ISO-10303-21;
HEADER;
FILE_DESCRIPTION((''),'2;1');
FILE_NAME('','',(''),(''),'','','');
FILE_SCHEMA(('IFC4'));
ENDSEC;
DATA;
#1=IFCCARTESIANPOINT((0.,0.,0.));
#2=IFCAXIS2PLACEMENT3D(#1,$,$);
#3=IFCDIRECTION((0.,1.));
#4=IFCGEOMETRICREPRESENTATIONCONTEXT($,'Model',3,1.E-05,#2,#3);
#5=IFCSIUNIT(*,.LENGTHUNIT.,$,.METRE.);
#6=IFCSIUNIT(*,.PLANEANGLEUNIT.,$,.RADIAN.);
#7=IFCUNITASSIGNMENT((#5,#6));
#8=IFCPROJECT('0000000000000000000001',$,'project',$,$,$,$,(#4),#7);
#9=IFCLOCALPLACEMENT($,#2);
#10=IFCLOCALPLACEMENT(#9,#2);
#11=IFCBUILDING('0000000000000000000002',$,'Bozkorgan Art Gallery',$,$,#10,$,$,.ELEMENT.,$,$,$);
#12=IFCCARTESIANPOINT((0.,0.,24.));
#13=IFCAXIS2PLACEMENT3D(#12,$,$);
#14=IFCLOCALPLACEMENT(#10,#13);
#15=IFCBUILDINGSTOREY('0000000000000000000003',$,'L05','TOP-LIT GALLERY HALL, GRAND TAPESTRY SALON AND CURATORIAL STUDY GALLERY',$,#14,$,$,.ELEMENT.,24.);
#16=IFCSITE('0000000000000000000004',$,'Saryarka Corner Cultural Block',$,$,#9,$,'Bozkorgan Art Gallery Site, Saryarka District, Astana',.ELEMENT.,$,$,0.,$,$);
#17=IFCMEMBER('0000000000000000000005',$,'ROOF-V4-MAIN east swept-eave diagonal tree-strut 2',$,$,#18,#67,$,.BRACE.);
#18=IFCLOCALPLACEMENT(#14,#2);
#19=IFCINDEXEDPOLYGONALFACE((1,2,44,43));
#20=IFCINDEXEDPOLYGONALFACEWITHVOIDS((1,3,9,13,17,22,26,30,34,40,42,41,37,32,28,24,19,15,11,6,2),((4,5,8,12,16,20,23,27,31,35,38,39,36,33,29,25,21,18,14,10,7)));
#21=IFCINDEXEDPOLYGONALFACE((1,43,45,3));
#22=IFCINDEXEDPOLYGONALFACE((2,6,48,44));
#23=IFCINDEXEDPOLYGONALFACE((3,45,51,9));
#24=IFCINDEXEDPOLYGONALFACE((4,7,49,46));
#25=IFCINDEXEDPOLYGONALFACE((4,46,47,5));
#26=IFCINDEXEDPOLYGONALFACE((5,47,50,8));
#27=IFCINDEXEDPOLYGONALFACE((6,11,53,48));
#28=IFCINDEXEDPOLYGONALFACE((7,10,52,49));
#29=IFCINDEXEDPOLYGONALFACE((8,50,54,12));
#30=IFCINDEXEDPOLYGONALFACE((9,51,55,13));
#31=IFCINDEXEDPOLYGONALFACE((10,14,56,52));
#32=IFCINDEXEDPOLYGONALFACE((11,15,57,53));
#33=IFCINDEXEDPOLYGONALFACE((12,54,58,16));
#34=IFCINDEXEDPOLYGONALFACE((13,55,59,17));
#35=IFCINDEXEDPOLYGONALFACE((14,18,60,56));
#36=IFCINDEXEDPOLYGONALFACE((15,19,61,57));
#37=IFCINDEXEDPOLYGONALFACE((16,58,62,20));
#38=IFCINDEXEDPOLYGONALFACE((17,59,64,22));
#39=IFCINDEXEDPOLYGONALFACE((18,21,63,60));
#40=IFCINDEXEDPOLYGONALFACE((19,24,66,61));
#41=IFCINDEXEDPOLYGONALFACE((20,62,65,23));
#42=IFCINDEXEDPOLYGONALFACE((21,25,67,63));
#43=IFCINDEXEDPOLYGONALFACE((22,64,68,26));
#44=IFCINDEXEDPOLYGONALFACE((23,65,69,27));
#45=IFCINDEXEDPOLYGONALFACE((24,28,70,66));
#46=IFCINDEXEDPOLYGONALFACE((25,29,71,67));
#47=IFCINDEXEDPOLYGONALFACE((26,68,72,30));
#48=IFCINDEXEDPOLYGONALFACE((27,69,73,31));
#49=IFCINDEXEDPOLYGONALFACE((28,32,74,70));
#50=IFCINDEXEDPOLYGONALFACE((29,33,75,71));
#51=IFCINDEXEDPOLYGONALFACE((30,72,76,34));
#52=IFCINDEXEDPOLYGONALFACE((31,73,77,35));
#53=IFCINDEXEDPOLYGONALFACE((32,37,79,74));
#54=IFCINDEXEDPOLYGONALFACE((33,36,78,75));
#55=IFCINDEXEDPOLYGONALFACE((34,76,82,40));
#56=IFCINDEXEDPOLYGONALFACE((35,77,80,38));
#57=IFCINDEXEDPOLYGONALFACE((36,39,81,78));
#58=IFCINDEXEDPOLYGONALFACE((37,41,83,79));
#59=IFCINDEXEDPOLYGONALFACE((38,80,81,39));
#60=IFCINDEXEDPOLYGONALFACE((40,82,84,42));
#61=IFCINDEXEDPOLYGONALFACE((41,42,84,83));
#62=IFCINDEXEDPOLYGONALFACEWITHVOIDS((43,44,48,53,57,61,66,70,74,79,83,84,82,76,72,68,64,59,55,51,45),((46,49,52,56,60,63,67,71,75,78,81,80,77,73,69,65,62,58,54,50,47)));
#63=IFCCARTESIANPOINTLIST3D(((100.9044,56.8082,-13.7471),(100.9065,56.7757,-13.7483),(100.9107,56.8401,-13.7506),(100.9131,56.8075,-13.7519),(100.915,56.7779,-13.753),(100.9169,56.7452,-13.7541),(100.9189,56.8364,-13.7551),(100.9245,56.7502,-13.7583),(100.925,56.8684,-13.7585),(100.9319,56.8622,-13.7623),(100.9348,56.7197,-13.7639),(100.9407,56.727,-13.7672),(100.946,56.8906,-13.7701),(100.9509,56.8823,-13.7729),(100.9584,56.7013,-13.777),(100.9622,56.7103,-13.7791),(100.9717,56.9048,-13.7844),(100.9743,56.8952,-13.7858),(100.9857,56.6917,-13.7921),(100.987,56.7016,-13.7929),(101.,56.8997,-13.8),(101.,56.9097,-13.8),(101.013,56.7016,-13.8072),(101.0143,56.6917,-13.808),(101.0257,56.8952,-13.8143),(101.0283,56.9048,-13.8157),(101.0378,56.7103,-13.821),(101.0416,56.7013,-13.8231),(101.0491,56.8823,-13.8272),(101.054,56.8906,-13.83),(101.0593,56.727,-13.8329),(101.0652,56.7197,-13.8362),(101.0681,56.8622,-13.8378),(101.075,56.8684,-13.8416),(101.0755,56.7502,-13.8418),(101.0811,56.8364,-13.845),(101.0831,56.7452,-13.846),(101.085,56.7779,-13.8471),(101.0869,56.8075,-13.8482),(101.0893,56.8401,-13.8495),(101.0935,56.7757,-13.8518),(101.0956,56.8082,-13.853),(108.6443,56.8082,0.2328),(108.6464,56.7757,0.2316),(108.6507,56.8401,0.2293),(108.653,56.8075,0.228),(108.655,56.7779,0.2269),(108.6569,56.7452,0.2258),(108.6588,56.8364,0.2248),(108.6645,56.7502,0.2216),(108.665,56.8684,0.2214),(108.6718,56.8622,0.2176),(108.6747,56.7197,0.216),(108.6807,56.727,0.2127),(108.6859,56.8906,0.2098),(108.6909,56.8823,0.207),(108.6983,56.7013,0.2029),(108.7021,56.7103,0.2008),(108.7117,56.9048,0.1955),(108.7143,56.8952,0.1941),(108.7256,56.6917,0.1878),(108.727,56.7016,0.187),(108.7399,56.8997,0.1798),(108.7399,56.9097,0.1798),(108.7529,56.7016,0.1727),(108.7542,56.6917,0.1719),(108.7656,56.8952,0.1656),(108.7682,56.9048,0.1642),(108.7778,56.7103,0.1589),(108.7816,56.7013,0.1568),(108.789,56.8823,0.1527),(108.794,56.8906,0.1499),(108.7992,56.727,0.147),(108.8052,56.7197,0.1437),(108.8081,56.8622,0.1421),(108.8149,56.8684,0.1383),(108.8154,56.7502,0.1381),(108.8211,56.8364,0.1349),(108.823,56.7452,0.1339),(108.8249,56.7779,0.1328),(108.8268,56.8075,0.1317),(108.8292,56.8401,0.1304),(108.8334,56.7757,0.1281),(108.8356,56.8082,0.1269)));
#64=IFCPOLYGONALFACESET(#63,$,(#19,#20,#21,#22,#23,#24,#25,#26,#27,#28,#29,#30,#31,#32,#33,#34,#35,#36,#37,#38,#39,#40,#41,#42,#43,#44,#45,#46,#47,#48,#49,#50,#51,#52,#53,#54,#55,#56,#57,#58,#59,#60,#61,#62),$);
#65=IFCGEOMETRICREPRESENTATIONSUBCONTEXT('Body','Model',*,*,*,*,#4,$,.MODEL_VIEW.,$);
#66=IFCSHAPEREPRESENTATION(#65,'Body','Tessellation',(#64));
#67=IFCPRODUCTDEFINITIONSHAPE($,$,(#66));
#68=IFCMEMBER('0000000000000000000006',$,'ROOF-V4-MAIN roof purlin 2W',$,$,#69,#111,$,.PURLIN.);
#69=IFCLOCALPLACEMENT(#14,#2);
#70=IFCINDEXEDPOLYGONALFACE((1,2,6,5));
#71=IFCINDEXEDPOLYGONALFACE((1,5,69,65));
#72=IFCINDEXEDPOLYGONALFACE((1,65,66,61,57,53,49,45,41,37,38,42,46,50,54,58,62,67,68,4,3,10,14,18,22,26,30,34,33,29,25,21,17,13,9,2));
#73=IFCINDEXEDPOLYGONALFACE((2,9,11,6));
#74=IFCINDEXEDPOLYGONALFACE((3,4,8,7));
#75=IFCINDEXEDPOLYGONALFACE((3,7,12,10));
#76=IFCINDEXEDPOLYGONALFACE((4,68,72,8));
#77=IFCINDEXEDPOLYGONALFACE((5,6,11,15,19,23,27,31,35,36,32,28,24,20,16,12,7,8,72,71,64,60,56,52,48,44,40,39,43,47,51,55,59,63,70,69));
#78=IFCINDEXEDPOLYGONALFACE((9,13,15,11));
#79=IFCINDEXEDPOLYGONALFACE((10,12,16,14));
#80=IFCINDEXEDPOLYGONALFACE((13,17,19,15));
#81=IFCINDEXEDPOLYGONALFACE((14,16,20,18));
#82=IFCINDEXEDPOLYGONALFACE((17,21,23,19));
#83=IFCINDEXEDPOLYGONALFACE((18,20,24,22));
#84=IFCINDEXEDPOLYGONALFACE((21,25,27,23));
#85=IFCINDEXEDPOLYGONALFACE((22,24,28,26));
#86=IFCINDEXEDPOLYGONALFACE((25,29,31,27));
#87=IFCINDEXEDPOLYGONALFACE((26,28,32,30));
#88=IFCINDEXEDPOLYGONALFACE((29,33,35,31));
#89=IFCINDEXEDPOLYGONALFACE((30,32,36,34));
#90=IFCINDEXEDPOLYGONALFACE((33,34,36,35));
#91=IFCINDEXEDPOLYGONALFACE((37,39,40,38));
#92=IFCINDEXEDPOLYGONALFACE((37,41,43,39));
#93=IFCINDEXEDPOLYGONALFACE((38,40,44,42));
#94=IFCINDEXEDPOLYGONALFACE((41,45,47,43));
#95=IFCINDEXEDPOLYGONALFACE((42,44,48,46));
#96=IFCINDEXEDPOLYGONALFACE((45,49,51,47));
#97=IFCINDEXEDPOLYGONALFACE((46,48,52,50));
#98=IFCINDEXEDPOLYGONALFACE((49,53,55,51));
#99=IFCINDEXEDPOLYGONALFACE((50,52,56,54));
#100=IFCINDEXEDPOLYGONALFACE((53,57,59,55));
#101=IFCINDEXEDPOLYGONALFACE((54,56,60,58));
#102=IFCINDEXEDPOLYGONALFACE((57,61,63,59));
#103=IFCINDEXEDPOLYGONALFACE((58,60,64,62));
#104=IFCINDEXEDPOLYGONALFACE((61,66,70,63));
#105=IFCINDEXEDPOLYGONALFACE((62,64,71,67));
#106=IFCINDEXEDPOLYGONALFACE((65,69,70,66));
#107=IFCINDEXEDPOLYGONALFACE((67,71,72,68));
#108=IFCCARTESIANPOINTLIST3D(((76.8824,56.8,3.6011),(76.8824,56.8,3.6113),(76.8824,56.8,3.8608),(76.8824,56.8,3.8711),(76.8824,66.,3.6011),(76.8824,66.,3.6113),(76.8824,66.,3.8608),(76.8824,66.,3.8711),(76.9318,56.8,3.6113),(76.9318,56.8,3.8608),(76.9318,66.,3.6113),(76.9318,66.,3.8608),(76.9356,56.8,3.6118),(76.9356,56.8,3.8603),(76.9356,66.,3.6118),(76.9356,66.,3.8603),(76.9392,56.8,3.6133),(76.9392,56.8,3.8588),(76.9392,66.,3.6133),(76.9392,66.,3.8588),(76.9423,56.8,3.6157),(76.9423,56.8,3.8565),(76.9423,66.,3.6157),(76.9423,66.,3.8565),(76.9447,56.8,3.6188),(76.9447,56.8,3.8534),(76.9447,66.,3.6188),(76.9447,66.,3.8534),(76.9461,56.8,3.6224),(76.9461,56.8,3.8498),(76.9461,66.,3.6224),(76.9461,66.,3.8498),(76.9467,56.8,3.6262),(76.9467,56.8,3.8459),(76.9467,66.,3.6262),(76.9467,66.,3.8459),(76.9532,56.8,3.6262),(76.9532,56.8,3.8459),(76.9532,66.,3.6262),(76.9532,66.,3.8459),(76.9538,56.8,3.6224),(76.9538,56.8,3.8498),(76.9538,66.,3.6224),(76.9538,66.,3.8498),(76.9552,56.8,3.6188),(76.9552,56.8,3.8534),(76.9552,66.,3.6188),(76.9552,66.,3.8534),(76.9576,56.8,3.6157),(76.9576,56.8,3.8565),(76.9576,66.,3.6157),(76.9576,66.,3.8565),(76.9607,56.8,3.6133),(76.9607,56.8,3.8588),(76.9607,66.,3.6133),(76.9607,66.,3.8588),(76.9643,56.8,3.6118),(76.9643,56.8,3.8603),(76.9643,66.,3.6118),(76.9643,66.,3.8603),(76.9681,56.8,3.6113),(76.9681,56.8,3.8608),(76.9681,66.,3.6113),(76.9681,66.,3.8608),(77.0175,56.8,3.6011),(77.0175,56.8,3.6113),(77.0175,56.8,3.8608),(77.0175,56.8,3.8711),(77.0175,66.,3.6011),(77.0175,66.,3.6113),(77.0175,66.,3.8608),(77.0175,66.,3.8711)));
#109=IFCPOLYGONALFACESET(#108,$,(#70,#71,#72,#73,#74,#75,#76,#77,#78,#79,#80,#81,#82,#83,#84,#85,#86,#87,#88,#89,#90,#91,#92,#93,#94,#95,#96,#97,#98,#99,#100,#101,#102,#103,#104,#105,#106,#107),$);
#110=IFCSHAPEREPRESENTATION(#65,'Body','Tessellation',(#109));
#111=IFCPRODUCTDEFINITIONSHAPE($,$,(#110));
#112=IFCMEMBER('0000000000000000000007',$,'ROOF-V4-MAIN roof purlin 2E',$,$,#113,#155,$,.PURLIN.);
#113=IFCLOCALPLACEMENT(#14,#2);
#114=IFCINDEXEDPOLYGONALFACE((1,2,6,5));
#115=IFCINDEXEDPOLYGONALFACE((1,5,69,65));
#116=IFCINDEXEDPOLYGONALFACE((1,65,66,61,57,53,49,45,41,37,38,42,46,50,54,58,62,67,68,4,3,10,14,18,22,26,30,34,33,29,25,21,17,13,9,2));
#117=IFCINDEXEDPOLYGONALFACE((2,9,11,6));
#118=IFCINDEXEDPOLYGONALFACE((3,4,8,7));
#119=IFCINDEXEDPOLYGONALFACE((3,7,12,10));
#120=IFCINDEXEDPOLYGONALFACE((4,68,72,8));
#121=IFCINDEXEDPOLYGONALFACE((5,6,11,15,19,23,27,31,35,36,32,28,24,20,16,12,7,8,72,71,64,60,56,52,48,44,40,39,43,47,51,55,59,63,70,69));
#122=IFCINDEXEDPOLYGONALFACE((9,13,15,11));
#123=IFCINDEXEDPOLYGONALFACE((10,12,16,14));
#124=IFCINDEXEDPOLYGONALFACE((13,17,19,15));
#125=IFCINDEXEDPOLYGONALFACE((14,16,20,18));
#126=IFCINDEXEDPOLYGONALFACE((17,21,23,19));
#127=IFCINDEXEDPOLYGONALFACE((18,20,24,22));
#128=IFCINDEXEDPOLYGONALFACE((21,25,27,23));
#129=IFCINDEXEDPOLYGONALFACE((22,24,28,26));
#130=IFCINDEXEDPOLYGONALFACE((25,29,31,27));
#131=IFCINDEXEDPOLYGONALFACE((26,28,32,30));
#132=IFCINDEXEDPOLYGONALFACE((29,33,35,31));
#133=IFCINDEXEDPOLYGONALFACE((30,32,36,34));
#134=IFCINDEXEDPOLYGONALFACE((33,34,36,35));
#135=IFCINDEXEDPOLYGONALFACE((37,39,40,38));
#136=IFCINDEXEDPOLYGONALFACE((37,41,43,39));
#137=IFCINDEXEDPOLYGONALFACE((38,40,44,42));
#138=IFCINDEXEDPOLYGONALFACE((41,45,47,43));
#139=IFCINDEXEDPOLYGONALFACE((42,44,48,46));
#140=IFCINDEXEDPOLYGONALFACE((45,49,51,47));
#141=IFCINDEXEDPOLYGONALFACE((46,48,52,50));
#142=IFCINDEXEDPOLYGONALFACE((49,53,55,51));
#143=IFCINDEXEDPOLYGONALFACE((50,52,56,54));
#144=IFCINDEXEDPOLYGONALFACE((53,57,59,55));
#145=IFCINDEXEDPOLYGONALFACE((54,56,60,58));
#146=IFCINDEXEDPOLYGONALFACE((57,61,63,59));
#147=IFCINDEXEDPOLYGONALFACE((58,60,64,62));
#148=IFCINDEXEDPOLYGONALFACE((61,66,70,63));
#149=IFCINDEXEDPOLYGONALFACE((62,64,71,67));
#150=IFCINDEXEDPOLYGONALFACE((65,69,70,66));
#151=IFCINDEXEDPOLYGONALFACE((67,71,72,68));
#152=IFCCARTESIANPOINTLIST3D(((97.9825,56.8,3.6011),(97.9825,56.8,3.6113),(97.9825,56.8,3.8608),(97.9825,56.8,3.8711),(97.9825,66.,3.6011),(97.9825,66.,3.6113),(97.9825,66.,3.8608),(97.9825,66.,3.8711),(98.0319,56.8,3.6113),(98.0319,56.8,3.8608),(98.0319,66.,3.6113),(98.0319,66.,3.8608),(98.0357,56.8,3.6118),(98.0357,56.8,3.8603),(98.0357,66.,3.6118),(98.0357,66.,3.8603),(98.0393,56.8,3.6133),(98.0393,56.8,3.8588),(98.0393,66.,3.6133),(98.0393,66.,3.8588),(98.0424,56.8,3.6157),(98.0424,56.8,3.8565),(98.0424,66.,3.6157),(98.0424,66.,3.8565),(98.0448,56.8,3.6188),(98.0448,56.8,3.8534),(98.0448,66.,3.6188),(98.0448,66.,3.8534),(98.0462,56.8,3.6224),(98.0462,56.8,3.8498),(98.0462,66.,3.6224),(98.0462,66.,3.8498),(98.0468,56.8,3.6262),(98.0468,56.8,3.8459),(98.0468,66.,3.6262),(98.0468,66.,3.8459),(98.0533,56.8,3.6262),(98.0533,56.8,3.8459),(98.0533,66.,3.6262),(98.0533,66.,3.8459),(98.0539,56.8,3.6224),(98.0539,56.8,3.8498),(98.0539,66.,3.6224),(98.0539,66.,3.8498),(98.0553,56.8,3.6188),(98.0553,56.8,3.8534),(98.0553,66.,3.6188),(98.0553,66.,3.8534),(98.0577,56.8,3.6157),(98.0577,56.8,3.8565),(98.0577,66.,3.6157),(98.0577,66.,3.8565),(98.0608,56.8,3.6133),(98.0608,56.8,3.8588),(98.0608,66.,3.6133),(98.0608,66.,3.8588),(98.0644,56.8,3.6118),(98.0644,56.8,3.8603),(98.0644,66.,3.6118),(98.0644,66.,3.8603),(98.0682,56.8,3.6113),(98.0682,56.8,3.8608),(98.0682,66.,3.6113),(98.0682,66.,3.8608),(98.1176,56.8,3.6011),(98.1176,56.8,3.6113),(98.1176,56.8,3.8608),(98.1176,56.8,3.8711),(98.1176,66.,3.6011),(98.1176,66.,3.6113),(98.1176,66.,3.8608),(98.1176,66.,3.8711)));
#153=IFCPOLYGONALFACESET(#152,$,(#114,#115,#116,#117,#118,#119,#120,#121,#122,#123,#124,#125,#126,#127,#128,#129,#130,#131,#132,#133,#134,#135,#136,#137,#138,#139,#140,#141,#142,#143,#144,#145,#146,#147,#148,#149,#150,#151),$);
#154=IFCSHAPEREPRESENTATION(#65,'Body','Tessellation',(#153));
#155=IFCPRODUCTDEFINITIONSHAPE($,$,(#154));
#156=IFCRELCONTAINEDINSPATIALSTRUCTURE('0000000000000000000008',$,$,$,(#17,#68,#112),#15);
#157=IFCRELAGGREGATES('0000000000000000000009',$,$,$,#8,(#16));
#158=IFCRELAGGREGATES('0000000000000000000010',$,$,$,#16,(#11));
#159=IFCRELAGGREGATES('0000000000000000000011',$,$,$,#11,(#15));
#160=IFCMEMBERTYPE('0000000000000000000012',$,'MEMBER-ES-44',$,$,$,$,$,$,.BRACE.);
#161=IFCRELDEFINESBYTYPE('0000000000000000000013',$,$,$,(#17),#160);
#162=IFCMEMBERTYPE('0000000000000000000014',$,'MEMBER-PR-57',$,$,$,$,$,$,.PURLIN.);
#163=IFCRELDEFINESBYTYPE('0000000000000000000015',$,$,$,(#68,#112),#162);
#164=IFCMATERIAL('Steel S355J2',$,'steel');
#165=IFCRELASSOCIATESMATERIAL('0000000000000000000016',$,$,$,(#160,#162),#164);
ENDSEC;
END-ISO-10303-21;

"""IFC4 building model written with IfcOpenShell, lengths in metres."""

from ifc_helpers import new_model, si_unit, direction, frame, origin, origin_2d, place, context, subcontext, project, spatial, hollow_circle, i_section, extrude, material, material_profile, profile_set, type_object, element, save


model = new_model("IFC4")

# Units and contexts
model_context = context("Model", 3, precision=1e-05, world=origin(), true_north=direction((0.0, 1.0)))
body_context = subcontext(model_context, "Body", "Model", "MODEL_VIEW")
ifc_project = project(units=[si_unit("LENGTHUNIT", "METRE"), si_unit("PLANEANGLEUNIT", "RADIAN")], contexts=[model_context])

# Site, building, storey
site_placement = place(None, origin())
site = spatial("IfcSite", under=ifc_project, at=site_placement, Name="Saryarka Corner Cultural Block", LongName="Bozkorgan Art Gallery Site, Saryarka District, Astana", CompositionType="ELEMENT", RefElevation=0.0)
building_placement = place(site_placement, origin())
building = spatial("IfcBuilding", under=site, at=building_placement, Name="Bozkorgan Art Gallery", CompositionType="ELEMENT")
storey_placement = place(building_placement, frame((0.0, 0.0, 24.0)))
storey = spatial("IfcBuildingStorey", under=building, at=storey_placement, Name="L05", Description="TOP-LIT GALLERY HALL, GRAND TAPESTRY SALON AND CURATORIAL STUDY GALLERY", CompositionType="ELEMENT", Elevation=24.0)

# Members
ifc_material_1 = material(Name="Steel S355J2", Category="steel")
ifc_material_profile_1 = material_profile(ifc_material_1, hollow_circle(Radius=0.1096, WallThickness=0.01, at=origin_2d()), Name="CHS 219.1x10")
ifc_profile_set_1 = profile_set([ifc_material_profile_1], Name="Steel S355J2")
member_type_1 = type_object("IfcMemberType", Name="MEMBER-ES-44", PredefinedType="BRACE", material=ifc_profile_set_1)
member_1_placement = place(storey_placement, frame((101.0, 56.8, -13.8), z_axis=(0.484367, 0.0, 0.874865), x_axis=(0.0, 1.0, 0.0)))
element("IfcMember", 1, at=member_1_placement, inside=storey, type_object=member_type_1, Name="ROOF-V4-MAIN east swept-eave diagonal tree-strut 2", PredefinedType="BRACE", context=body_context, shape_type="SweptSolid", body=[
    extrude(hollow_circle(Radius=0.1096, WallThickness=0.01, at=origin_2d()), origin(), (0.0, 0.0, 1.0), 15.9795),
])
ifc_material_profile_2 = material_profile(ifc_material_1, i_section(OverallWidth=0.135, OverallDepth=0.27, WebThickness=0.0066, FlangeThickness=0.0103, FilletRadius=0.0149, at=origin_2d()), Name="IPE 270")
ifc_profile_set_2 = profile_set([ifc_material_profile_2], Name="Steel S355J2")
member_type_2 = type_object("IfcMemberType", Name="MEMBER-PR-57", PredefinedType="PURLIN", material=ifc_profile_set_2)
for number, where, z_axis, x_axis, name in (
    (2, (76.95, 56.8, 3.7361), (0.0, 1.0, 0.0), (-1.0, 0.0, 0.0), "ROOF-V4-MAIN roof purlin 2W"),
    (3, (98.05, 56.8, 3.7361), (0.0, 1.0, 0.0), (-1.0, 0.0, 0.0), "ROOF-V4-MAIN roof purlin 2E"),
):
    element("IfcMember", number, at=place(storey_placement, frame(where, z_axis=z_axis, x_axis=x_axis)), inside=storey, type_object=member_type_2, Name=name, PredefinedType="PURLIN", context=body_context, shape_type="SweptSolid", body=[
        extrude(i_section(OverallWidth=0.135, OverallDepth=0.27, WebThickness=0.0066, FlangeThickness=0.0103, FilletRadius=0.0149, at=origin_2d()), origin(), (0.0, 0.0, 1.0), 9.2),
    ])

save(model, "model.ifc")
